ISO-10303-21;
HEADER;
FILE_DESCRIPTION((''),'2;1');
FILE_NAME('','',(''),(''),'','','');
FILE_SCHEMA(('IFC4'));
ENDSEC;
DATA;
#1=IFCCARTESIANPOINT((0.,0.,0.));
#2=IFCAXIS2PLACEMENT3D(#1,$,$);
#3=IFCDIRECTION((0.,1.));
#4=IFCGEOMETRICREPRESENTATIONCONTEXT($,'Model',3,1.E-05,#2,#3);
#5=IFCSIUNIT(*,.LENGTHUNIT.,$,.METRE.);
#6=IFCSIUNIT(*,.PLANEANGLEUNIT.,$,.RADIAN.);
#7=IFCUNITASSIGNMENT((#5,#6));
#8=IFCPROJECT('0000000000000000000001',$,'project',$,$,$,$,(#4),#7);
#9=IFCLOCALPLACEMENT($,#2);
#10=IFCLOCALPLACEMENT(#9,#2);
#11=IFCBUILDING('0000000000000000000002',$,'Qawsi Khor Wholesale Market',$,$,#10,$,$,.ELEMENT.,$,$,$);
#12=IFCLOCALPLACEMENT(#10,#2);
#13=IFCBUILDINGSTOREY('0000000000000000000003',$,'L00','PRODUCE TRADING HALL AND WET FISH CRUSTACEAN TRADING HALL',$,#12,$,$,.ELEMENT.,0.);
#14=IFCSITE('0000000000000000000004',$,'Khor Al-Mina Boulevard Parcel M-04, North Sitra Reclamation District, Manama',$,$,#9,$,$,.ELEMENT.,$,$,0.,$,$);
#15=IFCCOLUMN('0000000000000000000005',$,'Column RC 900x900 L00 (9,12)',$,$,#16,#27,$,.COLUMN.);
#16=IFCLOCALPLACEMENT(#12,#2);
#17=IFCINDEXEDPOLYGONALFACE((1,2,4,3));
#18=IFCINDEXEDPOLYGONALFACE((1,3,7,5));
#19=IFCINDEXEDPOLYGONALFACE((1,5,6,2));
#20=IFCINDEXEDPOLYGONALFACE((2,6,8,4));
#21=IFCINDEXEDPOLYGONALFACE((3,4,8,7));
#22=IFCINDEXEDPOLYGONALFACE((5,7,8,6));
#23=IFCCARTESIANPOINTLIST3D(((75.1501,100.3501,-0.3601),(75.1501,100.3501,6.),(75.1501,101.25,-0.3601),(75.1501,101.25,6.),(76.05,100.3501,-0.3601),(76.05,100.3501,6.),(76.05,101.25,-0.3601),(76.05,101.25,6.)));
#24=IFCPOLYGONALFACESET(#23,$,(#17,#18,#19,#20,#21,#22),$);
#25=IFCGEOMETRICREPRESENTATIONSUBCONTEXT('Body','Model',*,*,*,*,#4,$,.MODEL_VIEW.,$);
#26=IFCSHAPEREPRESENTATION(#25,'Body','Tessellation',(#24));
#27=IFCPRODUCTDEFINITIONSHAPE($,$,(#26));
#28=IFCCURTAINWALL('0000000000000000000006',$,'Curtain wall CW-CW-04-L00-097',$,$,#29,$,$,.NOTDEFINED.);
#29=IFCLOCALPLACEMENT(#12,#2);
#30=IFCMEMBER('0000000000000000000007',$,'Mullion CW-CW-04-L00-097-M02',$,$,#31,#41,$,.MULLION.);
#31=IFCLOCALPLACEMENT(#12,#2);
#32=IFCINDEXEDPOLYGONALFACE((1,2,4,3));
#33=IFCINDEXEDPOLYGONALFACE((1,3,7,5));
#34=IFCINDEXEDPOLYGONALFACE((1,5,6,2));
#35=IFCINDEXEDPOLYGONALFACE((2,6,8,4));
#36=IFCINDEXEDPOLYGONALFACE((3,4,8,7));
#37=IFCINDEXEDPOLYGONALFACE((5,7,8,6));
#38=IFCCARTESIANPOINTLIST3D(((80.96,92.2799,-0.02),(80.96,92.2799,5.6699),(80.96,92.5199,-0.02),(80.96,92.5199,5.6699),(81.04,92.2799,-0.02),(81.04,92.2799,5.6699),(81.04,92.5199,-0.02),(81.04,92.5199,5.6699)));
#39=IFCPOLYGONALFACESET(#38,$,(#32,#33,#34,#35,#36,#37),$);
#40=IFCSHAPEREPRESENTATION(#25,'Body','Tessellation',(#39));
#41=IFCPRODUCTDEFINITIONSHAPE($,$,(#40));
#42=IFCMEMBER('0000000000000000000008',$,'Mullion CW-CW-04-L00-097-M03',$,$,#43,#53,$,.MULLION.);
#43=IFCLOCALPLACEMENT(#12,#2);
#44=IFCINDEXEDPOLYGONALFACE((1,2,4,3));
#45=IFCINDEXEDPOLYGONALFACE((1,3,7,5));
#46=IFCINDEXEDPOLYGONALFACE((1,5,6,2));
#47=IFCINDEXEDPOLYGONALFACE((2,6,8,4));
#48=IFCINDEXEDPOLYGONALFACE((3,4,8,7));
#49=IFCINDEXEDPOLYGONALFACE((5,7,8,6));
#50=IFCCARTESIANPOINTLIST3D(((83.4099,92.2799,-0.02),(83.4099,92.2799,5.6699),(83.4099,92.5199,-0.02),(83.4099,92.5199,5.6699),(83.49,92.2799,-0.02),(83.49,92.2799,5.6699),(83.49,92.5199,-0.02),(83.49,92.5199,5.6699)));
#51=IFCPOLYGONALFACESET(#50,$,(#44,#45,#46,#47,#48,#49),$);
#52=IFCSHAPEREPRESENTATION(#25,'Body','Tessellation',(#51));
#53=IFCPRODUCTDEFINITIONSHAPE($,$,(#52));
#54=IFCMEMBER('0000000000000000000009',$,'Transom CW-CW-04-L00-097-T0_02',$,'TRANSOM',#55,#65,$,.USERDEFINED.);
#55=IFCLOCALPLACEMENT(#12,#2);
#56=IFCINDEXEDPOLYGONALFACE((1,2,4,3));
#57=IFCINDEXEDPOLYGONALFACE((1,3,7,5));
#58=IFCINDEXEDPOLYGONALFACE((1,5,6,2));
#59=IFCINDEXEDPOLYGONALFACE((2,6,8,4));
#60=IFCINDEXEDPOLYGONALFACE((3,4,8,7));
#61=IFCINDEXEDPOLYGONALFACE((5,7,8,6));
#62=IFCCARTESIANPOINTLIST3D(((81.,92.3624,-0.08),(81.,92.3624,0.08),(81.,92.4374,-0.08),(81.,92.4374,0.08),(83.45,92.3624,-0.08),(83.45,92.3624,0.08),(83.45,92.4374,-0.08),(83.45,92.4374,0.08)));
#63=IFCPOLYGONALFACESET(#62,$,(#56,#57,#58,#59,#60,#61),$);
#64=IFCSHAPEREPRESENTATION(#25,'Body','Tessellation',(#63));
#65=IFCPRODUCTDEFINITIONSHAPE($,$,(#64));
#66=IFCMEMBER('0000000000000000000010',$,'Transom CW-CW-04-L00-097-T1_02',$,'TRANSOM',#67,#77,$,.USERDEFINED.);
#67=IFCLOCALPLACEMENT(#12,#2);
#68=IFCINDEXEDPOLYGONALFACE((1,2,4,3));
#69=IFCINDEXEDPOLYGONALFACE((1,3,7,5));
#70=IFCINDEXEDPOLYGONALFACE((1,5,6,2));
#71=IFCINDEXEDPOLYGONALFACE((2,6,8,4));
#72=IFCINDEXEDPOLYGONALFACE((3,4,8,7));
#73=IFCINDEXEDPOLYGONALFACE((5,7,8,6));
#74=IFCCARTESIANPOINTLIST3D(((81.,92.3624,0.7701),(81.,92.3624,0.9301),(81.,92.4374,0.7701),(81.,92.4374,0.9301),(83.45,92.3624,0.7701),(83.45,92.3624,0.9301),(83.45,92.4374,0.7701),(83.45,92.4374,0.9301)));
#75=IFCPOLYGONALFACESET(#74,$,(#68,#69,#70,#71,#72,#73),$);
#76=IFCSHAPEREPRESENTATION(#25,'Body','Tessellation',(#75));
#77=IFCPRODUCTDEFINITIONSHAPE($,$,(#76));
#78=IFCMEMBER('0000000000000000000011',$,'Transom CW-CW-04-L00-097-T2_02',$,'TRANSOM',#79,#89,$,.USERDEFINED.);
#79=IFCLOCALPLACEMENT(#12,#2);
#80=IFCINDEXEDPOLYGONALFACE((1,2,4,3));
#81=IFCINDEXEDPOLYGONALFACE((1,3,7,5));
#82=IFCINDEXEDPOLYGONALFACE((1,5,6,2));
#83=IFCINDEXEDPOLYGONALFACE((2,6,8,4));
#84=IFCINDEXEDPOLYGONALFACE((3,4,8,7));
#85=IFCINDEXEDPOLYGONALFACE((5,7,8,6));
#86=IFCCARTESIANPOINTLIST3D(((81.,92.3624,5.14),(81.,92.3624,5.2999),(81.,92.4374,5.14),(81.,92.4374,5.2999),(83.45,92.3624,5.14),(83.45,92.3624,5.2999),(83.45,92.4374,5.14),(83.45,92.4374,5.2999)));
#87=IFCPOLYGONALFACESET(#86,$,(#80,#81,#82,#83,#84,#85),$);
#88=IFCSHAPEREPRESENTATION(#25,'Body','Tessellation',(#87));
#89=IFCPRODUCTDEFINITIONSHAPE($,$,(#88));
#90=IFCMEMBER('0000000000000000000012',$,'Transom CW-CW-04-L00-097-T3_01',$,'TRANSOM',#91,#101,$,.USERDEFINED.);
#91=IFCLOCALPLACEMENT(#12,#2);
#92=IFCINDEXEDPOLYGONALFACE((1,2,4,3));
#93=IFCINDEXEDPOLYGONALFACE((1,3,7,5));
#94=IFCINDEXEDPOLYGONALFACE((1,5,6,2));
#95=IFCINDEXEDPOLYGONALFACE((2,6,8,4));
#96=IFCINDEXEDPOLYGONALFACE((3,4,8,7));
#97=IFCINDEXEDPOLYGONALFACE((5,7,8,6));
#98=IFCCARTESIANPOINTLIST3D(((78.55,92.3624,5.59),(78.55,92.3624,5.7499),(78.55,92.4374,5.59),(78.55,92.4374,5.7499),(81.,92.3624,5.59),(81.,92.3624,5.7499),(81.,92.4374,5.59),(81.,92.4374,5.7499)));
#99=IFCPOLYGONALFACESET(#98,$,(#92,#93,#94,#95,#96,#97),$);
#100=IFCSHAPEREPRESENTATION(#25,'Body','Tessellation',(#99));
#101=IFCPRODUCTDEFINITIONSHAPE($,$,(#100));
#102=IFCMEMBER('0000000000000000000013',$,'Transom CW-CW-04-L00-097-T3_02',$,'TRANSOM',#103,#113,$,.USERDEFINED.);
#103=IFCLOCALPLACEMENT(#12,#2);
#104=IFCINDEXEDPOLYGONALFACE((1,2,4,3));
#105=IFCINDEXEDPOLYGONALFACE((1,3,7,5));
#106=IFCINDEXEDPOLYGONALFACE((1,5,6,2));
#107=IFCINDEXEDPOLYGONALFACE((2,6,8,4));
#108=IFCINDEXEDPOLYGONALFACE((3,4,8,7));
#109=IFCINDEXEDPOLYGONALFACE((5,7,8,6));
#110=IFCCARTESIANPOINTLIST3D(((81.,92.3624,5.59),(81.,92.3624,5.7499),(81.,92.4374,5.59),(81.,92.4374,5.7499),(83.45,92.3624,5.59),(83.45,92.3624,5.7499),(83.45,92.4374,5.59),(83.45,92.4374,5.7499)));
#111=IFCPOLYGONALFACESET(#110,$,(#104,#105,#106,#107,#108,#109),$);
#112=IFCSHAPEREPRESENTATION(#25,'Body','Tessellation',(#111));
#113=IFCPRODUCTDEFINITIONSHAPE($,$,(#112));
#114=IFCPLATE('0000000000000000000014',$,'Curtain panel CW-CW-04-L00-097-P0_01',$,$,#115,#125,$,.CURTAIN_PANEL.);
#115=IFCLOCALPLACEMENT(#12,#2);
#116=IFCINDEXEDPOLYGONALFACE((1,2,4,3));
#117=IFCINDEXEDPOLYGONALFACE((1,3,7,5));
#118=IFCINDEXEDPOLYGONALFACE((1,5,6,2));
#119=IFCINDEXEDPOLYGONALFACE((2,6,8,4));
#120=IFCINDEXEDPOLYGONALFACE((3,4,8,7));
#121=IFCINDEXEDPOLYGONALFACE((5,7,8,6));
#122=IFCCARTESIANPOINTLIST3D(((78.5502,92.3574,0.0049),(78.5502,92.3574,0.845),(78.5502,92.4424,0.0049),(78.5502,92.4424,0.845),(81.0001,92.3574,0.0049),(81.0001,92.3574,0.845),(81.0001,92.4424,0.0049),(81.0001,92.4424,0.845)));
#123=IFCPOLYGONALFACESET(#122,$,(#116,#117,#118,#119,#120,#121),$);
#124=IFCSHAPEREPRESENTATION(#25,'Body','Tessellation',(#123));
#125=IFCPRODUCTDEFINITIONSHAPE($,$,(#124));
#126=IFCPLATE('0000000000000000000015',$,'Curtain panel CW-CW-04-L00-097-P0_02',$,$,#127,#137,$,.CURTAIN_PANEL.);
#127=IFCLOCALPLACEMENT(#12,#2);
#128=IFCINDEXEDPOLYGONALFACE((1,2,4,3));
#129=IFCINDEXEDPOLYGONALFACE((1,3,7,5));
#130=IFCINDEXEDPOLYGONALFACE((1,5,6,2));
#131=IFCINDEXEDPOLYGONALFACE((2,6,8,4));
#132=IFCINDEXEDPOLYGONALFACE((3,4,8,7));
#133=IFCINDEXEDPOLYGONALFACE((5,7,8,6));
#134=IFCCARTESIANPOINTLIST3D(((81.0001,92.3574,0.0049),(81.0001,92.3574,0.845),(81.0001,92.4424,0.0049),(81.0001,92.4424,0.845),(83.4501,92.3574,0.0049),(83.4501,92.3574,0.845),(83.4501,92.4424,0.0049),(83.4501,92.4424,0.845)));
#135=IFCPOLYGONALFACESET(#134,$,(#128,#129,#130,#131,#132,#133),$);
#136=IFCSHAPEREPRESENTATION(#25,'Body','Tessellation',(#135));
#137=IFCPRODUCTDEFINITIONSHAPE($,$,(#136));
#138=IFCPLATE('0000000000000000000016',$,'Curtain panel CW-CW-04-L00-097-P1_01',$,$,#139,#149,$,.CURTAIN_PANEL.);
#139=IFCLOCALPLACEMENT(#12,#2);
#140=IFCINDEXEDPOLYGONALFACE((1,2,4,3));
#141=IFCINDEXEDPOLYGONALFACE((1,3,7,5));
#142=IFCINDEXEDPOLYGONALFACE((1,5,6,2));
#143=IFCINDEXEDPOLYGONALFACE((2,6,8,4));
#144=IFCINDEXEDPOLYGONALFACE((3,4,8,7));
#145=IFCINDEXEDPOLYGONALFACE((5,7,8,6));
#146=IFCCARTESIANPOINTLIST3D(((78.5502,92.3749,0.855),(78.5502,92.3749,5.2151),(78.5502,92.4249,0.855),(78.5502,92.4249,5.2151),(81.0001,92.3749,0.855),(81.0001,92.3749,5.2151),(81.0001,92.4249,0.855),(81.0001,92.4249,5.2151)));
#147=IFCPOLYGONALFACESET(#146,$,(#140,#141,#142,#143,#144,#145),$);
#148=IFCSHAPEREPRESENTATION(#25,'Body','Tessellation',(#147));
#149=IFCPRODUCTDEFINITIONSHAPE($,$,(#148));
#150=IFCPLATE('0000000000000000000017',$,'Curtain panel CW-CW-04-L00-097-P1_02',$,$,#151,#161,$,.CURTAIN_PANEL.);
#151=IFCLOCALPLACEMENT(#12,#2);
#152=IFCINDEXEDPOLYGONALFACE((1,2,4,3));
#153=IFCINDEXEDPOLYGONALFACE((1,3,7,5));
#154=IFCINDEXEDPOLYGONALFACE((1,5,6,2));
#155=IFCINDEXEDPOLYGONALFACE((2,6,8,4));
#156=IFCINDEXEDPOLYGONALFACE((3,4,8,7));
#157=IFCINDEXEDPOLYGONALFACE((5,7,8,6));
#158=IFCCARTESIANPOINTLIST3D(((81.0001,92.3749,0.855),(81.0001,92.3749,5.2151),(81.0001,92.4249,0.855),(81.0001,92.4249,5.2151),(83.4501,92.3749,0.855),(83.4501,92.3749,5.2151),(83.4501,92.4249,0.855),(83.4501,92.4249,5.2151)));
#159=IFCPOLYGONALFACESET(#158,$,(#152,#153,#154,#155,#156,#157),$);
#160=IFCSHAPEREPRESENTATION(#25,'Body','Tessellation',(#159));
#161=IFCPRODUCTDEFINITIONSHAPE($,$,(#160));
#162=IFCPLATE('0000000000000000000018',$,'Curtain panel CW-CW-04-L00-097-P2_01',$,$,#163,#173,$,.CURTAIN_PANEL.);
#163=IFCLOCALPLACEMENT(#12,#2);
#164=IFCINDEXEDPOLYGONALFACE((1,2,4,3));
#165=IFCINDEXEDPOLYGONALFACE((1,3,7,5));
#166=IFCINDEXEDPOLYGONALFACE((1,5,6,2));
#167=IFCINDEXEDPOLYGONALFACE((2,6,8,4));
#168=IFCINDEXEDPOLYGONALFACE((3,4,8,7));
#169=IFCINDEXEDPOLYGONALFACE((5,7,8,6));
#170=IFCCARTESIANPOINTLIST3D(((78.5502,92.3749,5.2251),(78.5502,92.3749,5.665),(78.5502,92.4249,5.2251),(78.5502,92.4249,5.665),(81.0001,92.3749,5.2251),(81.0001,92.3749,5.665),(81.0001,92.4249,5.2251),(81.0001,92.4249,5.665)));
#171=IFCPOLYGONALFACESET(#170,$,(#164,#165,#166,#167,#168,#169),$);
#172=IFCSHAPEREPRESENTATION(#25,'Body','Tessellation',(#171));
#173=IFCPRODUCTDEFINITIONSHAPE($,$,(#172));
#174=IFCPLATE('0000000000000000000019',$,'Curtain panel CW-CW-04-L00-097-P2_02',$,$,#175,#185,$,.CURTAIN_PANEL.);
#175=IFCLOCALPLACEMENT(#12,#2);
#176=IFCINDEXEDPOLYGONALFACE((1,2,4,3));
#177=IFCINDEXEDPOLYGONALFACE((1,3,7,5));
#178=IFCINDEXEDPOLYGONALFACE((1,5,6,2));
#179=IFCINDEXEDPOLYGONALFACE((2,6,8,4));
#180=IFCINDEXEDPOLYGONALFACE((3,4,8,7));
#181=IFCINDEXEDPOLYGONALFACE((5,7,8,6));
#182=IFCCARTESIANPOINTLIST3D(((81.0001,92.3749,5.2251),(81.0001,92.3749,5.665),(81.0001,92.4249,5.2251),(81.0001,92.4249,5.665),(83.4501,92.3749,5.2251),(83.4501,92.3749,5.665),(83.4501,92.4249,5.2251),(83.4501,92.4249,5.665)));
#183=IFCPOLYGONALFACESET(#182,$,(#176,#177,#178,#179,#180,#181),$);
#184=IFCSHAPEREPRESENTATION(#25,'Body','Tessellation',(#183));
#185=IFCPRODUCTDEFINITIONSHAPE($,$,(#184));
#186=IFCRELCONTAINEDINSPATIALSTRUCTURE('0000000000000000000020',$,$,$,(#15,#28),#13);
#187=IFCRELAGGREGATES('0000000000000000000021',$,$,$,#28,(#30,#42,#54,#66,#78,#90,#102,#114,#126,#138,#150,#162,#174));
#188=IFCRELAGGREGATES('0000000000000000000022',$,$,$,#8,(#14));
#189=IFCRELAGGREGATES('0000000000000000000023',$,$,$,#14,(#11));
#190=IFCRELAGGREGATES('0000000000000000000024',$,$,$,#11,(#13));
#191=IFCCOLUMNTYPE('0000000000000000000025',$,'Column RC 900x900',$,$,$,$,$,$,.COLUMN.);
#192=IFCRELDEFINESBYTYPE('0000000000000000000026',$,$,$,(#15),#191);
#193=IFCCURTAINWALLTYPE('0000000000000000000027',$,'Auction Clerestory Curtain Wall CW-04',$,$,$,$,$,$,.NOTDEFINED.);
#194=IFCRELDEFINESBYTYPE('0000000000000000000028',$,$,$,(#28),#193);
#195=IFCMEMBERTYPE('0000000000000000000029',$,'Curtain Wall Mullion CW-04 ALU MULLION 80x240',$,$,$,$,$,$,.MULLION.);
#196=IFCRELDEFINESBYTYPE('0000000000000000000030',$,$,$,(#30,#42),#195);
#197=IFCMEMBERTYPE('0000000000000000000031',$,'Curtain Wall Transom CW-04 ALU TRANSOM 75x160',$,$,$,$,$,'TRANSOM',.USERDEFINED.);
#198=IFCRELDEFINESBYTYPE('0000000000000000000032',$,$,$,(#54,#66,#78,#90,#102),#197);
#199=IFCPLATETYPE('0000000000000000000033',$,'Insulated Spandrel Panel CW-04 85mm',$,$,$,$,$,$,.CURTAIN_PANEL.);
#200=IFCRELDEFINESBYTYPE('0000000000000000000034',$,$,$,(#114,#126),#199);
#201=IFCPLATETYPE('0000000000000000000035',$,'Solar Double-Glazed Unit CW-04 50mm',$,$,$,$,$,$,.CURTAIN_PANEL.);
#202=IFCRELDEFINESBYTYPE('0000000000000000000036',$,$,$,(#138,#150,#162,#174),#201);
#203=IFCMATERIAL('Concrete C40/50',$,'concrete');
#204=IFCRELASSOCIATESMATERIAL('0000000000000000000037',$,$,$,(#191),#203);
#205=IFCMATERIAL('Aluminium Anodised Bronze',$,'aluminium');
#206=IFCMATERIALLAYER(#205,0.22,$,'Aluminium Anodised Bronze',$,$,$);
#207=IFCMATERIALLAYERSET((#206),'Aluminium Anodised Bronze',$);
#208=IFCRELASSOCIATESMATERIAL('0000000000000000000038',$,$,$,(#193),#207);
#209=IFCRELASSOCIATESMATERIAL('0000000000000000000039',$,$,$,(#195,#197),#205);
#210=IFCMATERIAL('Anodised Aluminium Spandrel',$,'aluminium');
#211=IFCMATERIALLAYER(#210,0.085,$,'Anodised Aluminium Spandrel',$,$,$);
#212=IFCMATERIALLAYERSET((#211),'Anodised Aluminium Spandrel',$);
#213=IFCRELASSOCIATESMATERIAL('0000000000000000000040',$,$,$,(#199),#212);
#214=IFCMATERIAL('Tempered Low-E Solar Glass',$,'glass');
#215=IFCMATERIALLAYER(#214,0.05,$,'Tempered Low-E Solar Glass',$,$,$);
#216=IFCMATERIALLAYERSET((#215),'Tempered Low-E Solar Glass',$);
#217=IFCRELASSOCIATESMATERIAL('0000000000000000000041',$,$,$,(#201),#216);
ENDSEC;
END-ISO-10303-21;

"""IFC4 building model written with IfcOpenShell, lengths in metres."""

from ifc_helpers import new_model, si_unit, direction, frame, frame_2d, origin, origin_2d, place, context, subcontext, project, spatial, rectangle, extrude, material, layer, layer_set, material_profile, profile_set, type_object, element, aggregate, save


model = new_model("IFC4")

# Units and contexts
model_context = context("Model", 3, precision=1e-05, world=origin(), true_north=direction((0.0, 1.0)))
body_context = subcontext(model_context, "Body", "Model", "MODEL_VIEW")
ifc_project = project(units=[si_unit("LENGTHUNIT", "METRE"), si_unit("PLANEANGLEUNIT", "RADIAN")], contexts=[model_context])

# Site, building, storey
site_placement = place(None, origin())
site = spatial("IfcSite", under=ifc_project, at=site_placement, Name="Khor Al-Mina Boulevard Parcel M-04, North Sitra Reclamation District, Manama", CompositionType="ELEMENT", RefElevation=0.0)
building_placement = place(site_placement, origin())
building = spatial("IfcBuilding", under=site, at=building_placement, Name="Qawsi Khor Wholesale Market", CompositionType="ELEMENT")
storey_placement = place(building_placement, origin())
storey = spatial("IfcBuildingStorey", under=building, at=storey_placement, Name="L00", Description="PRODUCE TRADING HALL AND WET FISH CRUSTACEAN TRADING HALL", CompositionType="ELEMENT", Elevation=0.0)

# Column
ifc_material_1 = material(Name="Concrete C40/50", Category="concrete")
ifc_material_profile_1 = material_profile(ifc_material_1, rectangle(XDim=0.8999, YDim=0.8999, at=origin_2d()), Name="RC 900x900")
ifc_profile_set_1 = profile_set([ifc_material_profile_1], Name="Concrete C40/50")
column_type_1 = type_object("IfcColumnType", Name="Column RC 900x900", PredefinedType="COLUMN", material=ifc_profile_set_1)
column_1_placement = place(storey_placement, frame((75.6001, 100.8, -0.3601), z_axis=(0.0, 0.0, 1.0), x_axis=(1.0, 0.0, 0.0)))
element("IfcColumn", 1, at=column_1_placement, inside=storey, type_object=column_type_1, Name="Column RC 900x900 L00 (9,12)", PredefinedType="COLUMN", context=body_context, shape_type="SweptSolid", body=[
    extrude(rectangle(XDim=0.8999, YDim=0.8999, at=origin_2d()), origin(), (0.0, 0.0, 1.0), 6.3601),
])

# Curtain wall, members, plates
ifc_material_2 = material(Name="Aluminium Anodised Bronze", Category="aluminium")
ifc_layer_1 = layer(ifc_material_2, 0.22, Name="Aluminium Anodised Bronze")
ifc_layer_set_1 = layer_set([ifc_layer_1], Name="Aluminium Anodised Bronze")
curtain_wall_type = type_object("IfcCurtainWallType", Name="Auction Clerestory Curtain Wall CW-04", PredefinedType="NOTDEFINED", material=ifc_layer_set_1)
curtain_wall_placement = place(storey_placement, origin())
curtain_wall = element("IfcCurtainWall", 2, at=curtain_wall_placement, inside=storey, type_object=curtain_wall_type, Name="Curtain wall CW-CW-04-L00-097", PredefinedType="NOTDEFINED")
ifc_material_profile_2 = material_profile(ifc_material_2, rectangle(XDim=0.0801, YDim=0.24, at=origin_2d()), Name="ALU MULLION 80x240")
ifc_profile_set_2 = profile_set([ifc_material_profile_2], Name="Aluminium Anodised Bronze")
member_type_1 = type_object("IfcMemberType", Name="Curtain Wall Mullion CW-04 ALU MULLION 80x240", PredefinedType="MULLION", material=ifc_profile_set_2)
member_1_placement = place(storey_placement, frame((81.0, 92.3999, -0.02), z_axis=(0.0, 0.0, 1.0), x_axis=(1.0, 0.0, 0.0)))
member_1 = element("IfcMember", 3, at=member_1_placement, type_object=member_type_1, Name="Mullion CW-CW-04-L00-097-M02", PredefinedType="MULLION", context=body_context, shape_type="SweptSolid", body=[
    extrude(rectangle(XDim=0.0801, YDim=0.24, at=origin_2d()), origin(), (0.0, 0.0, 1.0), 5.6899),
])
member_2_placement = place(storey_placement, frame((83.45, 92.3999, -0.02), z_axis=(0.0, 0.0, 1.0), x_axis=(1.0, 0.0, 0.0)))
member_2 = element("IfcMember", 4, at=member_2_placement, type_object=member_type_1, Name="Mullion CW-CW-04-L00-097-M03", PredefinedType="MULLION", context=body_context, shape_type="SweptSolid", body=[
    extrude(rectangle(XDim=0.0801, YDim=0.24, at=origin_2d()), origin(), (0.0, 0.0, 1.0), 5.6899),
])
ifc_material_profile_3 = material_profile(ifc_material_2, rectangle(XDim=0.075, YDim=0.1599, at=origin_2d()), Name="ALU TRANSOM 75x160")
ifc_profile_set_3 = profile_set([ifc_material_profile_3], Name="Aluminium Anodised Bronze")
member_type_2 = type_object("IfcMemberType", Name="Curtain Wall Transom CW-04 ALU TRANSOM 75x160", ElementType="TRANSOM", PredefinedType="USERDEFINED", material=ifc_profile_set_3)
member_3_placement = place(storey_placement, frame((81.0, 92.3999, 0.0), z_axis=(1.0, 0.0, 0.0), x_axis=(0.0, 1.0, 0.0)))
member_3 = element("IfcMember", 5, at=member_3_placement, type_object=member_type_2, Name="Transom CW-CW-04-L00-097-T0_02", ObjectType="TRANSOM", PredefinedType="USERDEFINED", context=body_context, shape_type="SweptSolid", body=[
    extrude(rectangle(XDim=0.075, YDim=0.1599, at=origin_2d()), origin(), (0.0, 0.0, 1.0), 2.45),
])
member_4_placement = place(storey_placement, frame((81.0, 92.3999, 0.8501), z_axis=(1.0, 0.0, 0.0), x_axis=(0.0, 1.0, 0.0)))
member_4 = element("IfcMember", 6, at=member_4_placement, type_object=member_type_2, Name="Transom CW-CW-04-L00-097-T1_02", ObjectType="TRANSOM", PredefinedType="USERDEFINED", context=body_context, shape_type="SweptSolid", body=[
    extrude(rectangle(XDim=0.075, YDim=0.1599, at=origin_2d()), origin(), (0.0, 0.0, 1.0), 2.45),
])
member_5_placement = place(storey_placement, frame((81.0, 92.3999, 5.22), z_axis=(1.0, 0.0, 0.0), x_axis=(0.0, 1.0, 0.0)))
member_5 = element("IfcMember", 7, at=member_5_placement, type_object=member_type_2, Name="Transom CW-CW-04-L00-097-T2_02", ObjectType="TRANSOM", PredefinedType="USERDEFINED", context=body_context, shape_type="SweptSolid", body=[
    extrude(rectangle(XDim=0.075, YDim=0.1599, at=origin_2d()), origin(), (0.0, 0.0, 1.0), 2.45),
])
member_6_placement = place(storey_placement, frame((78.55, 92.3999, 5.6699), z_axis=(1.0, 0.0, 0.0), x_axis=(0.0, 1.0, 0.0)))
member_6 = element("IfcMember", 8, at=member_6_placement, type_object=member_type_2, Name="Transom CW-CW-04-L00-097-T3_01", ObjectType="TRANSOM", PredefinedType="USERDEFINED", context=body_context, shape_type="SweptSolid", body=[
    extrude(rectangle(XDim=0.075, YDim=0.1599, at=origin_2d()), origin(), (0.0, 0.0, 1.0), 2.45),
])
member_7_placement = place(storey_placement, frame((81.0, 92.3999, 5.6699), z_axis=(1.0, 0.0, 0.0), x_axis=(0.0, 1.0, 0.0)))
member_7 = element("IfcMember", 9, at=member_7_placement, type_object=member_type_2, Name="Transom CW-CW-04-L00-097-T3_02", ObjectType="TRANSOM", PredefinedType="USERDEFINED", context=body_context, shape_type="SweptSolid", body=[
    extrude(rectangle(XDim=0.075, YDim=0.1599, at=origin_2d()), origin(), (0.0, 0.0, 1.0), 2.45),
])
ifc_material_3 = material(Name="Anodised Aluminium Spandrel", Category="aluminium")
ifc_layer_2 = layer(ifc_material_3, 0.085, Name="Anodised Aluminium Spandrel")
ifc_layer_set_2 = layer_set([ifc_layer_2], Name="Anodised Aluminium Spandrel")
plate_type_1 = type_object("IfcPlateType", Name="Insulated Spandrel Panel CW-04 85mm", PredefinedType="CURTAIN_PANEL", material=ifc_layer_set_2)
plate_1_placement = place(storey_placement, frame((78.55, 92.3999, 0.0049), z_axis=(0.0, 0.0, 1.0), x_axis=(1.0, 0.0, 0.0)))
plate_1 = element("IfcPlate", 10, at=plate_1_placement, type_object=plate_type_1, Name="Curtain panel CW-CW-04-L00-097-P0_01", PredefinedType="CURTAIN_PANEL", context=body_context, shape_type="SweptSolid", body=[
    extrude(rectangle(XDim=2.45, YDim=0.085, at=frame_2d((1.2251, 0.0))), origin(), (0.0, 0.0, 1.0), 0.8401),
])
plate_2_placement = place(storey_placement, frame((81.0, 92.3999, 0.0049), z_axis=(0.0, 0.0, 1.0), x_axis=(1.0, 0.0, 0.0)))
plate_2 = element("IfcPlate", 11, at=plate_2_placement, type_object=plate_type_1, Name="Curtain panel CW-CW-04-L00-097-P0_02", PredefinedType="CURTAIN_PANEL", context=body_context, shape_type="SweptSolid", body=[
    extrude(rectangle(XDim=2.45, YDim=0.085, at=frame_2d((1.2251, 0.0))), origin(), (0.0, 0.0, 1.0), 0.8401),
])
ifc_material_4 = material(Name="Tempered Low-E Solar Glass", Category="glass")
ifc_layer_3 = layer(ifc_material_4, 0.05, Name="Tempered Low-E Solar Glass")
ifc_layer_set_3 = layer_set([ifc_layer_3], Name="Tempered Low-E Solar Glass")
plate_type_2 = type_object("IfcPlateType", Name="Solar Double-Glazed Unit CW-04 50mm", PredefinedType="CURTAIN_PANEL", material=ifc_layer_set_3)
plate_3_placement = place(storey_placement, frame((78.55, 92.3999, 0.855), z_axis=(0.0, 0.0, 1.0), x_axis=(1.0, 0.0, 0.0)))
plate_3 = element("IfcPlate", 12, at=plate_3_placement, type_object=plate_type_2, Name="Curtain panel CW-CW-04-L00-097-P1_01", PredefinedType="CURTAIN_PANEL", context=body_context, shape_type="SweptSolid", body=[
    extrude(rectangle(XDim=2.45, YDim=0.05, at=frame_2d((1.2251, 0.0))), origin(), (0.0, 0.0, 1.0), 4.3601),
])
plate_4_placement = place(storey_placement, frame((81.0, 92.3999, 0.855), z_axis=(0.0, 0.0, 1.0), x_axis=(1.0, 0.0, 0.0)))
plate_4 = element("IfcPlate", 13, at=plate_4_placement, type_object=plate_type_2, Name="Curtain panel CW-CW-04-L00-097-P1_02", PredefinedType="CURTAIN_PANEL", context=body_context, shape_type="SweptSolid", body=[
    extrude(rectangle(XDim=2.45, YDim=0.05, at=frame_2d((1.2251, 0.0))), origin(), (0.0, 0.0, 1.0), 4.3601),
])
plate_5_placement = place(storey_placement, frame((78.55, 92.3999, 5.2251), z_axis=(0.0, 0.0, 1.0), x_axis=(1.0, 0.0, 0.0)))
plate_5 = element("IfcPlate", 14, at=plate_5_placement, type_object=plate_type_2, Name="Curtain panel CW-CW-04-L00-097-P2_01", PredefinedType="CURTAIN_PANEL", context=body_context, shape_type="SweptSolid", body=[
    extrude(rectangle(XDim=2.45, YDim=0.05, at=frame_2d((1.2251, 0.0))), origin(), (0.0, 0.0, 1.0), 0.4399),
])
plate_6_placement = place(storey_placement, frame((81.0, 92.3999, 5.2251), z_axis=(0.0, 0.0, 1.0), x_axis=(1.0, 0.0, 0.0)))
plate_6 = element("IfcPlate", 15, at=plate_6_placement, type_object=plate_type_2, Name="Curtain panel CW-CW-04-L00-097-P2_02", PredefinedType="CURTAIN_PANEL", context=body_context, shape_type="SweptSolid", body=[
    extrude(rectangle(XDim=2.45, YDim=0.05, at=frame_2d((1.2251, 0.0))), origin(), (0.0, 0.0, 1.0), 0.4399),
])
aggregate(curtain_wall, [member_1, member_2, member_3, member_4, member_5, member_6, member_7, plate_1, plate_2, plate_3, plate_4, plate_5, plate_6])

save(model, "model.ifc")
